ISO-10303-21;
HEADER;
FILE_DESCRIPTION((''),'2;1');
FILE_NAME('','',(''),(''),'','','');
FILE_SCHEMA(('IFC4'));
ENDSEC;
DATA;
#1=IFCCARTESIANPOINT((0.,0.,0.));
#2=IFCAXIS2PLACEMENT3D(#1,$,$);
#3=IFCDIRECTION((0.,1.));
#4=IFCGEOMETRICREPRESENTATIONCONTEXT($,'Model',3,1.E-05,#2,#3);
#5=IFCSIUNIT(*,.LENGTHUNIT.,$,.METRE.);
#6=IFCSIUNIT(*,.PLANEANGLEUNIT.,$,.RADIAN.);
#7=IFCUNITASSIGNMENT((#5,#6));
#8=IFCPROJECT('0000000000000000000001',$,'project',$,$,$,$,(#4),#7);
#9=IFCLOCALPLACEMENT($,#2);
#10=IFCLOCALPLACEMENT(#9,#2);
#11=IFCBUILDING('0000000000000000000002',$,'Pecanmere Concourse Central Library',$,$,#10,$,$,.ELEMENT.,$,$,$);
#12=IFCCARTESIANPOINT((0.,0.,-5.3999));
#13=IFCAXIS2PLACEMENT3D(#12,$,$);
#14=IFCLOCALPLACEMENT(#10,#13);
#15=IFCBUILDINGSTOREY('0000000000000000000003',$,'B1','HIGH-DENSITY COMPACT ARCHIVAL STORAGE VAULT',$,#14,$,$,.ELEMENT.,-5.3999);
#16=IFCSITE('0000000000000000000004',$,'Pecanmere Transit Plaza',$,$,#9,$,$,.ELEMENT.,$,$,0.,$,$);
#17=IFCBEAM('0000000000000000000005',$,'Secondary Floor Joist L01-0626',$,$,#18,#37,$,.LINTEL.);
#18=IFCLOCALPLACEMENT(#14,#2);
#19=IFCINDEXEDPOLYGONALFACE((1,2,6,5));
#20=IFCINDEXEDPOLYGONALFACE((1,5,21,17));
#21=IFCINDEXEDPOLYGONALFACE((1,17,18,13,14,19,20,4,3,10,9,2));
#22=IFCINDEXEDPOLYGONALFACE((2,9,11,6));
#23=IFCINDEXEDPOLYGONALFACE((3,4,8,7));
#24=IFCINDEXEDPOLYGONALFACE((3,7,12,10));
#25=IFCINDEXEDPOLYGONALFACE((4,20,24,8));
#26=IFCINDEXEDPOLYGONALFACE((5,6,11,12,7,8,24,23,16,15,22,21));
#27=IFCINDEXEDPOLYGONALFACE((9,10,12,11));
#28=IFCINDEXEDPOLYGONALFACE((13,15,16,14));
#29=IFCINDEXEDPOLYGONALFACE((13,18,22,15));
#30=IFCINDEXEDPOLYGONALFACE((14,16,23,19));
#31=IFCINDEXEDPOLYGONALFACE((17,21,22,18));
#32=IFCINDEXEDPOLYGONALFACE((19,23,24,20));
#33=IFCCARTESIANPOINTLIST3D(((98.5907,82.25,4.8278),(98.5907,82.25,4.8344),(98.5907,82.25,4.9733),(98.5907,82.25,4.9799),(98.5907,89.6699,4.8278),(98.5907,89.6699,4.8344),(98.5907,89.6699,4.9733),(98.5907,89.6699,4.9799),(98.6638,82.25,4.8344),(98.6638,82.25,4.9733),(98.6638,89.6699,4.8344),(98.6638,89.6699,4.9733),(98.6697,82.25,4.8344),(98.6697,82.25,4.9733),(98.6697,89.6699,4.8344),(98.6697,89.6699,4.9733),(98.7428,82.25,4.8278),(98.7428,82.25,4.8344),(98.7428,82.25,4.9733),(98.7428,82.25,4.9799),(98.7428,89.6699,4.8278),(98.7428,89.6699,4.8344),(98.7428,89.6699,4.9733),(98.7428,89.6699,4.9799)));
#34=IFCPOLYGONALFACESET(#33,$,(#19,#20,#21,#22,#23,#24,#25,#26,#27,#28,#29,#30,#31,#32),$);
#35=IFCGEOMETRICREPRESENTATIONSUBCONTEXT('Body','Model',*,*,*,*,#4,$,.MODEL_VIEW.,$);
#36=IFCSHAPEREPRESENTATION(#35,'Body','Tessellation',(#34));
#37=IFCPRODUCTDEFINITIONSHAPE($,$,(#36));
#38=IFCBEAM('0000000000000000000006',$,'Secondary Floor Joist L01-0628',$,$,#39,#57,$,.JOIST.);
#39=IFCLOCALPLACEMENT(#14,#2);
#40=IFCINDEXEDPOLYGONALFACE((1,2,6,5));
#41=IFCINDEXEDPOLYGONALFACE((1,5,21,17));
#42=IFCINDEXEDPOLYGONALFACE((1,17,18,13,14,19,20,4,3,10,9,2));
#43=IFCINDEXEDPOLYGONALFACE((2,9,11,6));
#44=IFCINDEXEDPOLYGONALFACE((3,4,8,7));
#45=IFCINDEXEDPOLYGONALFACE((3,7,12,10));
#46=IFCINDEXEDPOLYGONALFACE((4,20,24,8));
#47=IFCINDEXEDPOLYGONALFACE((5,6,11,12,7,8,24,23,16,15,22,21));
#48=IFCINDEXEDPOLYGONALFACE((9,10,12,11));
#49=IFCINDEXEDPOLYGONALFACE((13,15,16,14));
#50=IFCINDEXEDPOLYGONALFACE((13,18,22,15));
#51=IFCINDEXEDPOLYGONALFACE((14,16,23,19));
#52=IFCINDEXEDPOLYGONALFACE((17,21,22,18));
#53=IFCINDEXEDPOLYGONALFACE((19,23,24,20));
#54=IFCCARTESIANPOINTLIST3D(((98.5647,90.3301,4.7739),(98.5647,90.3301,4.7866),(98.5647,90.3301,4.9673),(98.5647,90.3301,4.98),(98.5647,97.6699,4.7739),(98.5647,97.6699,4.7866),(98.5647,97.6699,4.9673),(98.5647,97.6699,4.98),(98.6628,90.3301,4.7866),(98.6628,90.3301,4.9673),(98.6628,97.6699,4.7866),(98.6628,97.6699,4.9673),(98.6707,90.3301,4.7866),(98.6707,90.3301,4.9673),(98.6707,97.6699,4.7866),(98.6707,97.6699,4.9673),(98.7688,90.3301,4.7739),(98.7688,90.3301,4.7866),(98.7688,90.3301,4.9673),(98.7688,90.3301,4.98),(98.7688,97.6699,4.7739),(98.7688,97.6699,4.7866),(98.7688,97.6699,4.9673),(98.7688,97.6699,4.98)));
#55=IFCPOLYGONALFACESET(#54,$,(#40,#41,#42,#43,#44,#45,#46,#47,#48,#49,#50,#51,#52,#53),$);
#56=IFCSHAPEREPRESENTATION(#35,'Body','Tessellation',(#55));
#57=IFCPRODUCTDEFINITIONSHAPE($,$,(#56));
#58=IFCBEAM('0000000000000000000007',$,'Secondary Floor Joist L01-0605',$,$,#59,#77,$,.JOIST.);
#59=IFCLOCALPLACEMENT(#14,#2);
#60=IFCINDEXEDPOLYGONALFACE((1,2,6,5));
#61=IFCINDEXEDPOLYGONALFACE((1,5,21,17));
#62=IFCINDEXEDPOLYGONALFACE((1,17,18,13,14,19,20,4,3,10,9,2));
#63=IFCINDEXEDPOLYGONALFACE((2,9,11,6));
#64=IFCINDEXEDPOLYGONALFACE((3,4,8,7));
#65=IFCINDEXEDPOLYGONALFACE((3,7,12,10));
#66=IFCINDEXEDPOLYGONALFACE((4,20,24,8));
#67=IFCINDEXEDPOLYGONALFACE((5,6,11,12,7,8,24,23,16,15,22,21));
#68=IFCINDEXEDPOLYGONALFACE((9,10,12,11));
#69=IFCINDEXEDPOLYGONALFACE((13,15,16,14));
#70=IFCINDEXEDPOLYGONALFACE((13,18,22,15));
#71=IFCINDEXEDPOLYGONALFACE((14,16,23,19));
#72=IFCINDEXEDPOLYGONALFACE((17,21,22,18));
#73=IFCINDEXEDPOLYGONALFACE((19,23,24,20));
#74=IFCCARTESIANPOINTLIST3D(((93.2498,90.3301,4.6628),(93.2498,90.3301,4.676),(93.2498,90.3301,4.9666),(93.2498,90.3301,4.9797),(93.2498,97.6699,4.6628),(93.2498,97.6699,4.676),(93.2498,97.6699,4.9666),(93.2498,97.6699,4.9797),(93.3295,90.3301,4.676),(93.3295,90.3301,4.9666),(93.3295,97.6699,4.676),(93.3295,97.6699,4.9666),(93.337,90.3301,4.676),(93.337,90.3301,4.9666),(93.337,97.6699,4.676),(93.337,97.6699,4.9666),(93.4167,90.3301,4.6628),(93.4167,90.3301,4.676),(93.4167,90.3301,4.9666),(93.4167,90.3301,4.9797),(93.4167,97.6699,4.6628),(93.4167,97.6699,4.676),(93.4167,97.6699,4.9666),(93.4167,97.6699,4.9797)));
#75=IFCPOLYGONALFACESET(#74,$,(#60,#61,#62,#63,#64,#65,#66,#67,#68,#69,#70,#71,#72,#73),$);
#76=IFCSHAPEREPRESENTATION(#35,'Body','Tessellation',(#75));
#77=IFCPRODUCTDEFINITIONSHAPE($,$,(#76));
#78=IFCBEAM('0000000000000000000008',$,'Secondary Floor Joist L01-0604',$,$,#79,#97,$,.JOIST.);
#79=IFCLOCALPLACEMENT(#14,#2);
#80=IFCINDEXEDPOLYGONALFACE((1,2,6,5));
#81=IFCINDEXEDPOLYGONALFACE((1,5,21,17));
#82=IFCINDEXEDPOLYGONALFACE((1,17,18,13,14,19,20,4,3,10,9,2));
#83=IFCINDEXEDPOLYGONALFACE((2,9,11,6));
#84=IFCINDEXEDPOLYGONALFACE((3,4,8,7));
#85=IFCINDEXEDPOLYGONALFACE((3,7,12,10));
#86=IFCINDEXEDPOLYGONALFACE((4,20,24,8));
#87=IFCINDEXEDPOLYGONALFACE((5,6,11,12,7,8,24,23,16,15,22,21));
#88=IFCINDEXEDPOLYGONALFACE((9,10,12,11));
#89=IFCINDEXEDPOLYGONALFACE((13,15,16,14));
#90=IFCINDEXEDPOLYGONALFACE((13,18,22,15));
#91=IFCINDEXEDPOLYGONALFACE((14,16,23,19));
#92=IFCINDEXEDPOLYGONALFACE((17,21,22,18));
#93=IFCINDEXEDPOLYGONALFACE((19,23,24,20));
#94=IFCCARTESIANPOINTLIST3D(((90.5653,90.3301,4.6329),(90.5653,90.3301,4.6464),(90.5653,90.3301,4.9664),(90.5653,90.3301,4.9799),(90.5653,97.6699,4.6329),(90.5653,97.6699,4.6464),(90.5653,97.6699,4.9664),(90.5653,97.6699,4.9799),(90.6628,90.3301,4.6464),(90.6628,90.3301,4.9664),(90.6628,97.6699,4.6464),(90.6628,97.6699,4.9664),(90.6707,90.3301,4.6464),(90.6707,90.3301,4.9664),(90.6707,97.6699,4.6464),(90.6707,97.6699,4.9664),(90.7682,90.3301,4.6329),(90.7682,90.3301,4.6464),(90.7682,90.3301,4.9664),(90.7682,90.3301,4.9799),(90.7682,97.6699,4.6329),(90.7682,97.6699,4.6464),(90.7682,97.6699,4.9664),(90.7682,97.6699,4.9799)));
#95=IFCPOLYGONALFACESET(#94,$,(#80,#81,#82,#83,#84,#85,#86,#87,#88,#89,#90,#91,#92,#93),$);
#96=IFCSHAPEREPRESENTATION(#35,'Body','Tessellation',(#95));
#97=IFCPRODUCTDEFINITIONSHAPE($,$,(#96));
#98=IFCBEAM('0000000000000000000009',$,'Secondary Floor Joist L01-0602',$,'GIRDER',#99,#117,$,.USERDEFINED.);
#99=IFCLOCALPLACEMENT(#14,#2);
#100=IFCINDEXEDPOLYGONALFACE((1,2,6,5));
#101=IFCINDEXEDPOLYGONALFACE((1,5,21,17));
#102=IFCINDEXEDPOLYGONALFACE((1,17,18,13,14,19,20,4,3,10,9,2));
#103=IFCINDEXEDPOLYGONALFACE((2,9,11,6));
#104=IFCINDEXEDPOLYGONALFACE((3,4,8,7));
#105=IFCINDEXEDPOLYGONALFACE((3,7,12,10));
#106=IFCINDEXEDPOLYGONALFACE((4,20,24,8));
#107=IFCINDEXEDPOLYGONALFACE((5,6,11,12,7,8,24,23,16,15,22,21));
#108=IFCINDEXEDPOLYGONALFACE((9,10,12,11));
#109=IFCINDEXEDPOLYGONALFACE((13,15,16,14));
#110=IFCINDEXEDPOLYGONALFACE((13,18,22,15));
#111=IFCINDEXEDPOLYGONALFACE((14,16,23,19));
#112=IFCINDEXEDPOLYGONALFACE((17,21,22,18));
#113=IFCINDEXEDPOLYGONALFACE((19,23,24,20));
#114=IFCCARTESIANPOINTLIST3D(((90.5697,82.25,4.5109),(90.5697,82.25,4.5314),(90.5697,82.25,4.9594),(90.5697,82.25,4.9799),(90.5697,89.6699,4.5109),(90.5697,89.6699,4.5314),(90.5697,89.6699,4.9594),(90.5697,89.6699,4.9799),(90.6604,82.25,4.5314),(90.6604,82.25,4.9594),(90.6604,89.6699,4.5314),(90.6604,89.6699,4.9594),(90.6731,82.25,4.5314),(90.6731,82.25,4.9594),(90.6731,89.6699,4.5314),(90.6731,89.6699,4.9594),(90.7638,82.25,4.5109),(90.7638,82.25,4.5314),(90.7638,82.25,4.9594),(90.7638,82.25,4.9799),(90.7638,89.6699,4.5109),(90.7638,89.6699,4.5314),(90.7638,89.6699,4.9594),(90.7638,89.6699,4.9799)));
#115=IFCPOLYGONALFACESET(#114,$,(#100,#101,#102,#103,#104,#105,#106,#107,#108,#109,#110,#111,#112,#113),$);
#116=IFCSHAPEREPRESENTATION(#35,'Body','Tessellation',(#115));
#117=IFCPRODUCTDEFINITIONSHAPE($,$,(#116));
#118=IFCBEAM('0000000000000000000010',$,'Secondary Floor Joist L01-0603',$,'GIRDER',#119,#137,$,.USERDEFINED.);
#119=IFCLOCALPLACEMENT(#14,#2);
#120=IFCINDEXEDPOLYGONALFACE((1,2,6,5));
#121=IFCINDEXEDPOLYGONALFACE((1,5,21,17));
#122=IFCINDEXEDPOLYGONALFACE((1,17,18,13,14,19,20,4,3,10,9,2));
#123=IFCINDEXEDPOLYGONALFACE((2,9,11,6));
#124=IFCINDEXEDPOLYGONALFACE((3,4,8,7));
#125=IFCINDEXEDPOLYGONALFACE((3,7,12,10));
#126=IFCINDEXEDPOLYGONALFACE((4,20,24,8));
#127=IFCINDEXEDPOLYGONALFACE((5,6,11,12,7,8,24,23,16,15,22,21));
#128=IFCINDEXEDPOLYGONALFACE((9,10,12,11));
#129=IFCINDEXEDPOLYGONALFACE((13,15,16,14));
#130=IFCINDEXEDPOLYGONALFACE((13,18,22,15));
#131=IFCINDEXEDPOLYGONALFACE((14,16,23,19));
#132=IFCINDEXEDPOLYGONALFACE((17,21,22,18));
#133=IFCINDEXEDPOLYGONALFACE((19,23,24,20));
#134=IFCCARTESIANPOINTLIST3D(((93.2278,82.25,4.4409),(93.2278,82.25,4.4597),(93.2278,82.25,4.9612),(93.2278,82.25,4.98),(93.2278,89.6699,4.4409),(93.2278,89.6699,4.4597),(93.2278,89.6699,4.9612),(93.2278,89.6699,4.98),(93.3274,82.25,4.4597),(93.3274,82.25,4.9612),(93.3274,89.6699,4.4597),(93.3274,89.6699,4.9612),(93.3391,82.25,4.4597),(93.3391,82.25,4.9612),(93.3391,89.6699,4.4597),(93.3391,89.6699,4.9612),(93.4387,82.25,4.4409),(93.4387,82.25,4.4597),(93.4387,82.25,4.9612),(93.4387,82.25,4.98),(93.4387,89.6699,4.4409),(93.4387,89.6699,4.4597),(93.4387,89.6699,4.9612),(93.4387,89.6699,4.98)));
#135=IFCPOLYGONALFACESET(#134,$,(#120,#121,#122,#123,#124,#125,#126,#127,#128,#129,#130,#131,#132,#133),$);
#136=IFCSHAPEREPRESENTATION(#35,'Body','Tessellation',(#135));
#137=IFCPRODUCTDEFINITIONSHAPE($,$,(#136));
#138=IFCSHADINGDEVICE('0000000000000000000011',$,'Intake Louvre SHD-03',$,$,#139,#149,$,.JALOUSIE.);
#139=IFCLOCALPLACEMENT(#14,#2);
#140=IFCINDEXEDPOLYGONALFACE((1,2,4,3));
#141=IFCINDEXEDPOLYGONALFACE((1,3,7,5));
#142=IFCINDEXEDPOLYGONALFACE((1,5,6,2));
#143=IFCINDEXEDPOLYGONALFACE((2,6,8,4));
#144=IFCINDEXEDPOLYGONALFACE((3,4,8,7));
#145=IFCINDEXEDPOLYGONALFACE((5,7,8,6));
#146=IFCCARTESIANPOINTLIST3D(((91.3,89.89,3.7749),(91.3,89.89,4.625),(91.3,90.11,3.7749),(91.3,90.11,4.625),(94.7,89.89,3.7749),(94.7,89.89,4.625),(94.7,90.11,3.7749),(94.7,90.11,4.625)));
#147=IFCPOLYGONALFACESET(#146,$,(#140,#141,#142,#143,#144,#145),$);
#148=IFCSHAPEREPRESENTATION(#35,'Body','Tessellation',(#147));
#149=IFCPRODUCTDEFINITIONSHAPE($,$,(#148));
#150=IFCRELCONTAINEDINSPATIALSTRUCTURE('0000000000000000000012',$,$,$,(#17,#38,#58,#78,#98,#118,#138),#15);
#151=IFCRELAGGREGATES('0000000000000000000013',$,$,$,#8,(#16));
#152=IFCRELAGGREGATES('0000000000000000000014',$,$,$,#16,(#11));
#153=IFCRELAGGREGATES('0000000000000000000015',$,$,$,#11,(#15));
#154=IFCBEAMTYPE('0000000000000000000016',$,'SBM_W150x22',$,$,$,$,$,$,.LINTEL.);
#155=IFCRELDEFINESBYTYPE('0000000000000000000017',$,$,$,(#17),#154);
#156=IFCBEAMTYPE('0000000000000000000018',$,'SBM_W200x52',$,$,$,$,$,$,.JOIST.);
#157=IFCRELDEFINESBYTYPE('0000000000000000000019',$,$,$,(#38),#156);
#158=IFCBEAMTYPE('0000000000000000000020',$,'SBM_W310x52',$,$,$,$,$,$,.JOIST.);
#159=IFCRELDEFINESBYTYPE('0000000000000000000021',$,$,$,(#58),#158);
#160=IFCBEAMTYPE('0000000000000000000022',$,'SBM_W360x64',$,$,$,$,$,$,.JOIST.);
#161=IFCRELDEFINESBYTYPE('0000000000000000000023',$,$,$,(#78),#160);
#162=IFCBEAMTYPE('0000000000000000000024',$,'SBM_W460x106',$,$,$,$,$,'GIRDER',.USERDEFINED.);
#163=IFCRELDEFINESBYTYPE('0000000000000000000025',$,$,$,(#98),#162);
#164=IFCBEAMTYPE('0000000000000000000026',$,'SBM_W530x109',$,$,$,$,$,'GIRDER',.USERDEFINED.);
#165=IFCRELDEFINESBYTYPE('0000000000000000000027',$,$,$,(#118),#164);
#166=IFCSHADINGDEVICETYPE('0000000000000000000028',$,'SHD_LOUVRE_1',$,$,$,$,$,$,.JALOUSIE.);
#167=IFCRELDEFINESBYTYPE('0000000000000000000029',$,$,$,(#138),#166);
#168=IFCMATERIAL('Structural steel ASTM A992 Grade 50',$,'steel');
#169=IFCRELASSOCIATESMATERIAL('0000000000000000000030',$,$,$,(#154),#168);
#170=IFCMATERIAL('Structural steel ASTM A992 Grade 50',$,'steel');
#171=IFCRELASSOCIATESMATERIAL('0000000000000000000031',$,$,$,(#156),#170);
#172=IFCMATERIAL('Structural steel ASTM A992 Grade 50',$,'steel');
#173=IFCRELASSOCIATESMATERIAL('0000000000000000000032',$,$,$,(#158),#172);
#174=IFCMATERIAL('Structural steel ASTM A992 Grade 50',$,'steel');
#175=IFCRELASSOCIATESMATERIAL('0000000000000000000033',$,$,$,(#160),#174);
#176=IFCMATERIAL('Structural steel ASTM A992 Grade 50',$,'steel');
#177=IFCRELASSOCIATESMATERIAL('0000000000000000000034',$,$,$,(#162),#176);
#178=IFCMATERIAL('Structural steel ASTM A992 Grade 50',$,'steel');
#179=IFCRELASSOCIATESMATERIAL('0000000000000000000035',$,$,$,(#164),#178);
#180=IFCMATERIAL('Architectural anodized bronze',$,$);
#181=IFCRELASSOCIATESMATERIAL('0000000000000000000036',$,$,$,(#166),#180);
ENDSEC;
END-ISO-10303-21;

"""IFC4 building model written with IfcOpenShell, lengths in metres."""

from ifc_helpers import new_model, si_unit, direction, frame, origin, origin_2d, place, context, subcontext, project, spatial, rectangle, i_section, extrude, material, material_profile, profile_set, type_object, element, save


model = new_model("IFC4")

# Units and contexts
model_context = context("Model", 3, precision=1e-05, world=origin(), true_north=direction((0.0, 1.0)))
body_context = subcontext(model_context, "Body", "Model", "MODEL_VIEW")
ifc_project = project(units=[si_unit("LENGTHUNIT", "METRE"), si_unit("PLANEANGLEUNIT", "RADIAN")], contexts=[model_context])

# Site, building, storey
site_placement = place(None, origin())
site = spatial("IfcSite", under=ifc_project, at=site_placement, Name="Pecanmere Transit Plaza", CompositionType="ELEMENT", RefElevation=0.0)
building_placement = place(site_placement, origin())
building = spatial("IfcBuilding", under=site, at=building_placement, Name="Pecanmere Concourse Central Library", CompositionType="ELEMENT")
storey_placement = place(building_placement, frame((0.0, 0.0, -5.3999)))
storey = spatial("IfcBuildingStorey", under=building, at=storey_placement, Name="B1", Description="HIGH-DENSITY COMPACT ARCHIVAL STORAGE VAULT", CompositionType="ELEMENT", Elevation=-5.3999)

# Beams
ifc_material_1 = material(Name="Structural steel ASTM A992 Grade 50", Category="steel")
ifc_material_profile_1 = material_profile(ifc_material_1, i_section(OverallWidth=0.1521, OverallDepth=0.1521, WebThickness=0.0059, FlangeThickness=0.0066, at=origin_2d()), Name="W150x22.5")
ifc_profile_set_1 = profile_set([ifc_material_profile_1], Name="Structural steel ASTM A992 Grade 50")
beam_type_1 = type_object("IfcBeamType", Name="SBM_W150x22", PredefinedType="LINTEL", material=ifc_profile_set_1)
beam_1_placement = place(storey_placement, frame((98.6667, 82.25, 4.9038), z_axis=(0.0, 1.0, 0.0), x_axis=(-1.0, 0.0, 0.0)))
element("IfcBeam", 1, at=beam_1_placement, inside=storey, type_object=beam_type_1, Name="Secondary Floor Joist L01-0626", PredefinedType="LINTEL", context=body_context, shape_type="SweptSolid", body=[
    extrude(i_section(OverallWidth=0.1521, OverallDepth=0.1521, WebThickness=0.0059, FlangeThickness=0.0066, at=origin_2d()), origin(), (0.0, 0.0, 1.0), 7.4199),
])
ifc_material_2 = material(Name="Structural steel ASTM A992 Grade 50", Category="steel")
ifc_material_profile_2 = material_profile(ifc_material_2, i_section(OverallWidth=0.2041, OverallDepth=0.2061, WebThickness=0.0078, FlangeThickness=0.0127, at=origin_2d()), Name="W200x52")
ifc_profile_set_2 = profile_set([ifc_material_profile_2], Name="Structural steel ASTM A992 Grade 50")
beam_type_2 = type_object("IfcBeamType", Name="SBM_W200x52", PredefinedType="JOIST", material=ifc_profile_set_2)
beam_2_placement = place(storey_placement, frame((98.6667, 90.3301, 4.877), z_axis=(0.0, 1.0, 0.0), x_axis=(-1.0, 0.0, 0.0)))
element("IfcBeam", 2, at=beam_2_placement, inside=storey, type_object=beam_type_2, Name="Secondary Floor Joist L01-0628", PredefinedType="JOIST", context=body_context, shape_type="SweptSolid", body=[
    extrude(i_section(OverallWidth=0.2041, OverallDepth=0.2061, WebThickness=0.0078, FlangeThickness=0.0127, at=origin_2d()), origin(), (0.0, 0.0, 1.0), 7.3398),
])
ifc_material_3 = material(Name="Structural steel ASTM A992 Grade 50", Category="steel")
ifc_material_profile_3 = material_profile(ifc_material_3, i_section(OverallWidth=0.167, OverallDepth=0.3169, WebThickness=0.0076, FlangeThickness=0.0132, at=origin_2d()), Name="W310x52")
ifc_profile_set_3 = profile_set([ifc_material_profile_3], Name="Structural steel ASTM A992 Grade 50")
beam_type_3 = type_object("IfcBeamType", Name="SBM_W310x52", PredefinedType="JOIST", material=ifc_profile_set_3)
beam_3_placement = place(storey_placement, frame((93.3333, 90.3301, 4.8213), z_axis=(0.0, 1.0, 0.0), x_axis=(-1.0, 0.0, 0.0)))
element("IfcBeam", 3, at=beam_3_placement, inside=storey, type_object=beam_type_3, Name="Secondary Floor Joist L01-0605", PredefinedType="JOIST", context=body_context, shape_type="SweptSolid", body=[
    extrude(i_section(OverallWidth=0.167, OverallDepth=0.3169, WebThickness=0.0076, FlangeThickness=0.0132, at=origin_2d()), origin(), (0.0, 0.0, 1.0), 7.3398),
])
ifc_material_4 = material(Name="Structural steel ASTM A992 Grade 50", Category="steel")
ifc_material_profile_4 = material_profile(ifc_material_4, i_section(OverallWidth=0.2029, OverallDepth=0.3469, WebThickness=0.0078, FlangeThickness=0.0134, at=origin_2d()), Name="W360x64")
ifc_profile_set_4 = profile_set([ifc_material_profile_4], Name="Structural steel ASTM A992 Grade 50")
beam_type_4 = type_object("IfcBeamType", Name="SBM_W360x64", PredefinedType="JOIST", material=ifc_profile_set_4)
beam_4_placement = place(storey_placement, frame((90.6667, 90.3301, 4.8064), z_axis=(0.0, 1.0, 0.0), x_axis=(-1.0, 0.0, 0.0)))
element("IfcBeam", 4, at=beam_4_placement, inside=storey, type_object=beam_type_4, Name="Secondary Floor Joist L01-0604", PredefinedType="JOIST", context=body_context, shape_type="SweptSolid", body=[
    extrude(i_section(OverallWidth=0.2029, OverallDepth=0.3469, WebThickness=0.0078, FlangeThickness=0.0134, at=origin_2d()), origin(), (0.0, 0.0, 1.0), 7.3398),
])
ifc_material_5 = material(Name="Structural steel ASTM A992 Grade 50", Category="steel")
ifc_material_profile_5 = material_profile(ifc_material_5, i_section(OverallWidth=0.1941, OverallDepth=0.469, WebThickness=0.0127, FlangeThickness=0.0205, at=origin_2d()), Name="W460x106")
ifc_profile_set_5 = profile_set([ifc_material_profile_5], Name="Structural steel ASTM A992 Grade 50")
beam_type_5 = type_object("IfcBeamType", Name="SBM_W460x106", ElementType="GIRDER", PredefinedType="USERDEFINED", material=ifc_profile_set_5)
beam_5_placement = place(storey_placement, frame((90.6667, 82.25, 4.7454), z_axis=(0.0, 1.0, 0.0), x_axis=(-1.0, 0.0, 0.0)))
element("IfcBeam", 5, at=beam_5_placement, inside=storey, type_object=beam_type_5, Name="Secondary Floor Joist L01-0602", ObjectType="GIRDER", PredefinedType="USERDEFINED", context=body_context, shape_type="SweptSolid", body=[
    extrude(i_section(OverallWidth=0.1941, OverallDepth=0.469, WebThickness=0.0127, FlangeThickness=0.0205, at=origin_2d()), origin(), (0.0, 0.0, 1.0), 7.4199),
])
ifc_material_6 = material(Name="Structural steel ASTM A992 Grade 50", Category="steel")
ifc_material_profile_6 = material_profile(ifc_material_6, i_section(OverallWidth=0.2109, OverallDepth=0.5391, WebThickness=0.0117, FlangeThickness=0.0188, at=origin_2d()), Name="W530x109")
ifc_profile_set_6 = profile_set([ifc_material_profile_6], Name="Structural steel ASTM A992 Grade 50")
beam_type_6 = type_object("IfcBeamType", Name="SBM_W530x109", ElementType="GIRDER", PredefinedType="USERDEFINED", material=ifc_profile_set_6)
beam_6_placement = place(storey_placement, frame((93.3333, 82.25, 4.7104), z_axis=(0.0, 1.0, 0.0), x_axis=(-1.0, 0.0, 0.0)))
element("IfcBeam", 6, at=beam_6_placement, inside=storey, type_object=beam_type_6, Name="Secondary Floor Joist L01-0603", ObjectType="GIRDER", PredefinedType="USERDEFINED", context=body_context, shape_type="SweptSolid", body=[
    extrude(i_section(OverallWidth=0.2109, OverallDepth=0.5391, WebThickness=0.0117, FlangeThickness=0.0188, at=origin_2d()), origin(), (0.0, 0.0, 1.0), 7.4199),
])

# Shading device
ifc_material_7 = material(Name="Architectural anodized bronze")
shading_device_type = type_object("IfcShadingDeviceType", Name="SHD_LOUVRE_1", PredefinedType="JALOUSIE", material=ifc_material_7)
shading_device_placement = place(storey_placement, frame((93.0, 90.0, 3.7749), z_axis=(0.0, 0.0, 1.0), x_axis=(1.0, 0.0, 0.0)))
element("IfcShadingDevice", 7, at=shading_device_placement, inside=storey, type_object=shading_device_type, Name="Intake Louvre SHD-03", PredefinedType="JALOUSIE", context=body_context, shape_type="SweptSolid", body=[
    extrude(rectangle(XDim=3.3999, YDim=0.22, at=origin_2d()), origin(), (0.0, 0.0, 1.0), 0.8501),
])

save(model, "model.ifc")
